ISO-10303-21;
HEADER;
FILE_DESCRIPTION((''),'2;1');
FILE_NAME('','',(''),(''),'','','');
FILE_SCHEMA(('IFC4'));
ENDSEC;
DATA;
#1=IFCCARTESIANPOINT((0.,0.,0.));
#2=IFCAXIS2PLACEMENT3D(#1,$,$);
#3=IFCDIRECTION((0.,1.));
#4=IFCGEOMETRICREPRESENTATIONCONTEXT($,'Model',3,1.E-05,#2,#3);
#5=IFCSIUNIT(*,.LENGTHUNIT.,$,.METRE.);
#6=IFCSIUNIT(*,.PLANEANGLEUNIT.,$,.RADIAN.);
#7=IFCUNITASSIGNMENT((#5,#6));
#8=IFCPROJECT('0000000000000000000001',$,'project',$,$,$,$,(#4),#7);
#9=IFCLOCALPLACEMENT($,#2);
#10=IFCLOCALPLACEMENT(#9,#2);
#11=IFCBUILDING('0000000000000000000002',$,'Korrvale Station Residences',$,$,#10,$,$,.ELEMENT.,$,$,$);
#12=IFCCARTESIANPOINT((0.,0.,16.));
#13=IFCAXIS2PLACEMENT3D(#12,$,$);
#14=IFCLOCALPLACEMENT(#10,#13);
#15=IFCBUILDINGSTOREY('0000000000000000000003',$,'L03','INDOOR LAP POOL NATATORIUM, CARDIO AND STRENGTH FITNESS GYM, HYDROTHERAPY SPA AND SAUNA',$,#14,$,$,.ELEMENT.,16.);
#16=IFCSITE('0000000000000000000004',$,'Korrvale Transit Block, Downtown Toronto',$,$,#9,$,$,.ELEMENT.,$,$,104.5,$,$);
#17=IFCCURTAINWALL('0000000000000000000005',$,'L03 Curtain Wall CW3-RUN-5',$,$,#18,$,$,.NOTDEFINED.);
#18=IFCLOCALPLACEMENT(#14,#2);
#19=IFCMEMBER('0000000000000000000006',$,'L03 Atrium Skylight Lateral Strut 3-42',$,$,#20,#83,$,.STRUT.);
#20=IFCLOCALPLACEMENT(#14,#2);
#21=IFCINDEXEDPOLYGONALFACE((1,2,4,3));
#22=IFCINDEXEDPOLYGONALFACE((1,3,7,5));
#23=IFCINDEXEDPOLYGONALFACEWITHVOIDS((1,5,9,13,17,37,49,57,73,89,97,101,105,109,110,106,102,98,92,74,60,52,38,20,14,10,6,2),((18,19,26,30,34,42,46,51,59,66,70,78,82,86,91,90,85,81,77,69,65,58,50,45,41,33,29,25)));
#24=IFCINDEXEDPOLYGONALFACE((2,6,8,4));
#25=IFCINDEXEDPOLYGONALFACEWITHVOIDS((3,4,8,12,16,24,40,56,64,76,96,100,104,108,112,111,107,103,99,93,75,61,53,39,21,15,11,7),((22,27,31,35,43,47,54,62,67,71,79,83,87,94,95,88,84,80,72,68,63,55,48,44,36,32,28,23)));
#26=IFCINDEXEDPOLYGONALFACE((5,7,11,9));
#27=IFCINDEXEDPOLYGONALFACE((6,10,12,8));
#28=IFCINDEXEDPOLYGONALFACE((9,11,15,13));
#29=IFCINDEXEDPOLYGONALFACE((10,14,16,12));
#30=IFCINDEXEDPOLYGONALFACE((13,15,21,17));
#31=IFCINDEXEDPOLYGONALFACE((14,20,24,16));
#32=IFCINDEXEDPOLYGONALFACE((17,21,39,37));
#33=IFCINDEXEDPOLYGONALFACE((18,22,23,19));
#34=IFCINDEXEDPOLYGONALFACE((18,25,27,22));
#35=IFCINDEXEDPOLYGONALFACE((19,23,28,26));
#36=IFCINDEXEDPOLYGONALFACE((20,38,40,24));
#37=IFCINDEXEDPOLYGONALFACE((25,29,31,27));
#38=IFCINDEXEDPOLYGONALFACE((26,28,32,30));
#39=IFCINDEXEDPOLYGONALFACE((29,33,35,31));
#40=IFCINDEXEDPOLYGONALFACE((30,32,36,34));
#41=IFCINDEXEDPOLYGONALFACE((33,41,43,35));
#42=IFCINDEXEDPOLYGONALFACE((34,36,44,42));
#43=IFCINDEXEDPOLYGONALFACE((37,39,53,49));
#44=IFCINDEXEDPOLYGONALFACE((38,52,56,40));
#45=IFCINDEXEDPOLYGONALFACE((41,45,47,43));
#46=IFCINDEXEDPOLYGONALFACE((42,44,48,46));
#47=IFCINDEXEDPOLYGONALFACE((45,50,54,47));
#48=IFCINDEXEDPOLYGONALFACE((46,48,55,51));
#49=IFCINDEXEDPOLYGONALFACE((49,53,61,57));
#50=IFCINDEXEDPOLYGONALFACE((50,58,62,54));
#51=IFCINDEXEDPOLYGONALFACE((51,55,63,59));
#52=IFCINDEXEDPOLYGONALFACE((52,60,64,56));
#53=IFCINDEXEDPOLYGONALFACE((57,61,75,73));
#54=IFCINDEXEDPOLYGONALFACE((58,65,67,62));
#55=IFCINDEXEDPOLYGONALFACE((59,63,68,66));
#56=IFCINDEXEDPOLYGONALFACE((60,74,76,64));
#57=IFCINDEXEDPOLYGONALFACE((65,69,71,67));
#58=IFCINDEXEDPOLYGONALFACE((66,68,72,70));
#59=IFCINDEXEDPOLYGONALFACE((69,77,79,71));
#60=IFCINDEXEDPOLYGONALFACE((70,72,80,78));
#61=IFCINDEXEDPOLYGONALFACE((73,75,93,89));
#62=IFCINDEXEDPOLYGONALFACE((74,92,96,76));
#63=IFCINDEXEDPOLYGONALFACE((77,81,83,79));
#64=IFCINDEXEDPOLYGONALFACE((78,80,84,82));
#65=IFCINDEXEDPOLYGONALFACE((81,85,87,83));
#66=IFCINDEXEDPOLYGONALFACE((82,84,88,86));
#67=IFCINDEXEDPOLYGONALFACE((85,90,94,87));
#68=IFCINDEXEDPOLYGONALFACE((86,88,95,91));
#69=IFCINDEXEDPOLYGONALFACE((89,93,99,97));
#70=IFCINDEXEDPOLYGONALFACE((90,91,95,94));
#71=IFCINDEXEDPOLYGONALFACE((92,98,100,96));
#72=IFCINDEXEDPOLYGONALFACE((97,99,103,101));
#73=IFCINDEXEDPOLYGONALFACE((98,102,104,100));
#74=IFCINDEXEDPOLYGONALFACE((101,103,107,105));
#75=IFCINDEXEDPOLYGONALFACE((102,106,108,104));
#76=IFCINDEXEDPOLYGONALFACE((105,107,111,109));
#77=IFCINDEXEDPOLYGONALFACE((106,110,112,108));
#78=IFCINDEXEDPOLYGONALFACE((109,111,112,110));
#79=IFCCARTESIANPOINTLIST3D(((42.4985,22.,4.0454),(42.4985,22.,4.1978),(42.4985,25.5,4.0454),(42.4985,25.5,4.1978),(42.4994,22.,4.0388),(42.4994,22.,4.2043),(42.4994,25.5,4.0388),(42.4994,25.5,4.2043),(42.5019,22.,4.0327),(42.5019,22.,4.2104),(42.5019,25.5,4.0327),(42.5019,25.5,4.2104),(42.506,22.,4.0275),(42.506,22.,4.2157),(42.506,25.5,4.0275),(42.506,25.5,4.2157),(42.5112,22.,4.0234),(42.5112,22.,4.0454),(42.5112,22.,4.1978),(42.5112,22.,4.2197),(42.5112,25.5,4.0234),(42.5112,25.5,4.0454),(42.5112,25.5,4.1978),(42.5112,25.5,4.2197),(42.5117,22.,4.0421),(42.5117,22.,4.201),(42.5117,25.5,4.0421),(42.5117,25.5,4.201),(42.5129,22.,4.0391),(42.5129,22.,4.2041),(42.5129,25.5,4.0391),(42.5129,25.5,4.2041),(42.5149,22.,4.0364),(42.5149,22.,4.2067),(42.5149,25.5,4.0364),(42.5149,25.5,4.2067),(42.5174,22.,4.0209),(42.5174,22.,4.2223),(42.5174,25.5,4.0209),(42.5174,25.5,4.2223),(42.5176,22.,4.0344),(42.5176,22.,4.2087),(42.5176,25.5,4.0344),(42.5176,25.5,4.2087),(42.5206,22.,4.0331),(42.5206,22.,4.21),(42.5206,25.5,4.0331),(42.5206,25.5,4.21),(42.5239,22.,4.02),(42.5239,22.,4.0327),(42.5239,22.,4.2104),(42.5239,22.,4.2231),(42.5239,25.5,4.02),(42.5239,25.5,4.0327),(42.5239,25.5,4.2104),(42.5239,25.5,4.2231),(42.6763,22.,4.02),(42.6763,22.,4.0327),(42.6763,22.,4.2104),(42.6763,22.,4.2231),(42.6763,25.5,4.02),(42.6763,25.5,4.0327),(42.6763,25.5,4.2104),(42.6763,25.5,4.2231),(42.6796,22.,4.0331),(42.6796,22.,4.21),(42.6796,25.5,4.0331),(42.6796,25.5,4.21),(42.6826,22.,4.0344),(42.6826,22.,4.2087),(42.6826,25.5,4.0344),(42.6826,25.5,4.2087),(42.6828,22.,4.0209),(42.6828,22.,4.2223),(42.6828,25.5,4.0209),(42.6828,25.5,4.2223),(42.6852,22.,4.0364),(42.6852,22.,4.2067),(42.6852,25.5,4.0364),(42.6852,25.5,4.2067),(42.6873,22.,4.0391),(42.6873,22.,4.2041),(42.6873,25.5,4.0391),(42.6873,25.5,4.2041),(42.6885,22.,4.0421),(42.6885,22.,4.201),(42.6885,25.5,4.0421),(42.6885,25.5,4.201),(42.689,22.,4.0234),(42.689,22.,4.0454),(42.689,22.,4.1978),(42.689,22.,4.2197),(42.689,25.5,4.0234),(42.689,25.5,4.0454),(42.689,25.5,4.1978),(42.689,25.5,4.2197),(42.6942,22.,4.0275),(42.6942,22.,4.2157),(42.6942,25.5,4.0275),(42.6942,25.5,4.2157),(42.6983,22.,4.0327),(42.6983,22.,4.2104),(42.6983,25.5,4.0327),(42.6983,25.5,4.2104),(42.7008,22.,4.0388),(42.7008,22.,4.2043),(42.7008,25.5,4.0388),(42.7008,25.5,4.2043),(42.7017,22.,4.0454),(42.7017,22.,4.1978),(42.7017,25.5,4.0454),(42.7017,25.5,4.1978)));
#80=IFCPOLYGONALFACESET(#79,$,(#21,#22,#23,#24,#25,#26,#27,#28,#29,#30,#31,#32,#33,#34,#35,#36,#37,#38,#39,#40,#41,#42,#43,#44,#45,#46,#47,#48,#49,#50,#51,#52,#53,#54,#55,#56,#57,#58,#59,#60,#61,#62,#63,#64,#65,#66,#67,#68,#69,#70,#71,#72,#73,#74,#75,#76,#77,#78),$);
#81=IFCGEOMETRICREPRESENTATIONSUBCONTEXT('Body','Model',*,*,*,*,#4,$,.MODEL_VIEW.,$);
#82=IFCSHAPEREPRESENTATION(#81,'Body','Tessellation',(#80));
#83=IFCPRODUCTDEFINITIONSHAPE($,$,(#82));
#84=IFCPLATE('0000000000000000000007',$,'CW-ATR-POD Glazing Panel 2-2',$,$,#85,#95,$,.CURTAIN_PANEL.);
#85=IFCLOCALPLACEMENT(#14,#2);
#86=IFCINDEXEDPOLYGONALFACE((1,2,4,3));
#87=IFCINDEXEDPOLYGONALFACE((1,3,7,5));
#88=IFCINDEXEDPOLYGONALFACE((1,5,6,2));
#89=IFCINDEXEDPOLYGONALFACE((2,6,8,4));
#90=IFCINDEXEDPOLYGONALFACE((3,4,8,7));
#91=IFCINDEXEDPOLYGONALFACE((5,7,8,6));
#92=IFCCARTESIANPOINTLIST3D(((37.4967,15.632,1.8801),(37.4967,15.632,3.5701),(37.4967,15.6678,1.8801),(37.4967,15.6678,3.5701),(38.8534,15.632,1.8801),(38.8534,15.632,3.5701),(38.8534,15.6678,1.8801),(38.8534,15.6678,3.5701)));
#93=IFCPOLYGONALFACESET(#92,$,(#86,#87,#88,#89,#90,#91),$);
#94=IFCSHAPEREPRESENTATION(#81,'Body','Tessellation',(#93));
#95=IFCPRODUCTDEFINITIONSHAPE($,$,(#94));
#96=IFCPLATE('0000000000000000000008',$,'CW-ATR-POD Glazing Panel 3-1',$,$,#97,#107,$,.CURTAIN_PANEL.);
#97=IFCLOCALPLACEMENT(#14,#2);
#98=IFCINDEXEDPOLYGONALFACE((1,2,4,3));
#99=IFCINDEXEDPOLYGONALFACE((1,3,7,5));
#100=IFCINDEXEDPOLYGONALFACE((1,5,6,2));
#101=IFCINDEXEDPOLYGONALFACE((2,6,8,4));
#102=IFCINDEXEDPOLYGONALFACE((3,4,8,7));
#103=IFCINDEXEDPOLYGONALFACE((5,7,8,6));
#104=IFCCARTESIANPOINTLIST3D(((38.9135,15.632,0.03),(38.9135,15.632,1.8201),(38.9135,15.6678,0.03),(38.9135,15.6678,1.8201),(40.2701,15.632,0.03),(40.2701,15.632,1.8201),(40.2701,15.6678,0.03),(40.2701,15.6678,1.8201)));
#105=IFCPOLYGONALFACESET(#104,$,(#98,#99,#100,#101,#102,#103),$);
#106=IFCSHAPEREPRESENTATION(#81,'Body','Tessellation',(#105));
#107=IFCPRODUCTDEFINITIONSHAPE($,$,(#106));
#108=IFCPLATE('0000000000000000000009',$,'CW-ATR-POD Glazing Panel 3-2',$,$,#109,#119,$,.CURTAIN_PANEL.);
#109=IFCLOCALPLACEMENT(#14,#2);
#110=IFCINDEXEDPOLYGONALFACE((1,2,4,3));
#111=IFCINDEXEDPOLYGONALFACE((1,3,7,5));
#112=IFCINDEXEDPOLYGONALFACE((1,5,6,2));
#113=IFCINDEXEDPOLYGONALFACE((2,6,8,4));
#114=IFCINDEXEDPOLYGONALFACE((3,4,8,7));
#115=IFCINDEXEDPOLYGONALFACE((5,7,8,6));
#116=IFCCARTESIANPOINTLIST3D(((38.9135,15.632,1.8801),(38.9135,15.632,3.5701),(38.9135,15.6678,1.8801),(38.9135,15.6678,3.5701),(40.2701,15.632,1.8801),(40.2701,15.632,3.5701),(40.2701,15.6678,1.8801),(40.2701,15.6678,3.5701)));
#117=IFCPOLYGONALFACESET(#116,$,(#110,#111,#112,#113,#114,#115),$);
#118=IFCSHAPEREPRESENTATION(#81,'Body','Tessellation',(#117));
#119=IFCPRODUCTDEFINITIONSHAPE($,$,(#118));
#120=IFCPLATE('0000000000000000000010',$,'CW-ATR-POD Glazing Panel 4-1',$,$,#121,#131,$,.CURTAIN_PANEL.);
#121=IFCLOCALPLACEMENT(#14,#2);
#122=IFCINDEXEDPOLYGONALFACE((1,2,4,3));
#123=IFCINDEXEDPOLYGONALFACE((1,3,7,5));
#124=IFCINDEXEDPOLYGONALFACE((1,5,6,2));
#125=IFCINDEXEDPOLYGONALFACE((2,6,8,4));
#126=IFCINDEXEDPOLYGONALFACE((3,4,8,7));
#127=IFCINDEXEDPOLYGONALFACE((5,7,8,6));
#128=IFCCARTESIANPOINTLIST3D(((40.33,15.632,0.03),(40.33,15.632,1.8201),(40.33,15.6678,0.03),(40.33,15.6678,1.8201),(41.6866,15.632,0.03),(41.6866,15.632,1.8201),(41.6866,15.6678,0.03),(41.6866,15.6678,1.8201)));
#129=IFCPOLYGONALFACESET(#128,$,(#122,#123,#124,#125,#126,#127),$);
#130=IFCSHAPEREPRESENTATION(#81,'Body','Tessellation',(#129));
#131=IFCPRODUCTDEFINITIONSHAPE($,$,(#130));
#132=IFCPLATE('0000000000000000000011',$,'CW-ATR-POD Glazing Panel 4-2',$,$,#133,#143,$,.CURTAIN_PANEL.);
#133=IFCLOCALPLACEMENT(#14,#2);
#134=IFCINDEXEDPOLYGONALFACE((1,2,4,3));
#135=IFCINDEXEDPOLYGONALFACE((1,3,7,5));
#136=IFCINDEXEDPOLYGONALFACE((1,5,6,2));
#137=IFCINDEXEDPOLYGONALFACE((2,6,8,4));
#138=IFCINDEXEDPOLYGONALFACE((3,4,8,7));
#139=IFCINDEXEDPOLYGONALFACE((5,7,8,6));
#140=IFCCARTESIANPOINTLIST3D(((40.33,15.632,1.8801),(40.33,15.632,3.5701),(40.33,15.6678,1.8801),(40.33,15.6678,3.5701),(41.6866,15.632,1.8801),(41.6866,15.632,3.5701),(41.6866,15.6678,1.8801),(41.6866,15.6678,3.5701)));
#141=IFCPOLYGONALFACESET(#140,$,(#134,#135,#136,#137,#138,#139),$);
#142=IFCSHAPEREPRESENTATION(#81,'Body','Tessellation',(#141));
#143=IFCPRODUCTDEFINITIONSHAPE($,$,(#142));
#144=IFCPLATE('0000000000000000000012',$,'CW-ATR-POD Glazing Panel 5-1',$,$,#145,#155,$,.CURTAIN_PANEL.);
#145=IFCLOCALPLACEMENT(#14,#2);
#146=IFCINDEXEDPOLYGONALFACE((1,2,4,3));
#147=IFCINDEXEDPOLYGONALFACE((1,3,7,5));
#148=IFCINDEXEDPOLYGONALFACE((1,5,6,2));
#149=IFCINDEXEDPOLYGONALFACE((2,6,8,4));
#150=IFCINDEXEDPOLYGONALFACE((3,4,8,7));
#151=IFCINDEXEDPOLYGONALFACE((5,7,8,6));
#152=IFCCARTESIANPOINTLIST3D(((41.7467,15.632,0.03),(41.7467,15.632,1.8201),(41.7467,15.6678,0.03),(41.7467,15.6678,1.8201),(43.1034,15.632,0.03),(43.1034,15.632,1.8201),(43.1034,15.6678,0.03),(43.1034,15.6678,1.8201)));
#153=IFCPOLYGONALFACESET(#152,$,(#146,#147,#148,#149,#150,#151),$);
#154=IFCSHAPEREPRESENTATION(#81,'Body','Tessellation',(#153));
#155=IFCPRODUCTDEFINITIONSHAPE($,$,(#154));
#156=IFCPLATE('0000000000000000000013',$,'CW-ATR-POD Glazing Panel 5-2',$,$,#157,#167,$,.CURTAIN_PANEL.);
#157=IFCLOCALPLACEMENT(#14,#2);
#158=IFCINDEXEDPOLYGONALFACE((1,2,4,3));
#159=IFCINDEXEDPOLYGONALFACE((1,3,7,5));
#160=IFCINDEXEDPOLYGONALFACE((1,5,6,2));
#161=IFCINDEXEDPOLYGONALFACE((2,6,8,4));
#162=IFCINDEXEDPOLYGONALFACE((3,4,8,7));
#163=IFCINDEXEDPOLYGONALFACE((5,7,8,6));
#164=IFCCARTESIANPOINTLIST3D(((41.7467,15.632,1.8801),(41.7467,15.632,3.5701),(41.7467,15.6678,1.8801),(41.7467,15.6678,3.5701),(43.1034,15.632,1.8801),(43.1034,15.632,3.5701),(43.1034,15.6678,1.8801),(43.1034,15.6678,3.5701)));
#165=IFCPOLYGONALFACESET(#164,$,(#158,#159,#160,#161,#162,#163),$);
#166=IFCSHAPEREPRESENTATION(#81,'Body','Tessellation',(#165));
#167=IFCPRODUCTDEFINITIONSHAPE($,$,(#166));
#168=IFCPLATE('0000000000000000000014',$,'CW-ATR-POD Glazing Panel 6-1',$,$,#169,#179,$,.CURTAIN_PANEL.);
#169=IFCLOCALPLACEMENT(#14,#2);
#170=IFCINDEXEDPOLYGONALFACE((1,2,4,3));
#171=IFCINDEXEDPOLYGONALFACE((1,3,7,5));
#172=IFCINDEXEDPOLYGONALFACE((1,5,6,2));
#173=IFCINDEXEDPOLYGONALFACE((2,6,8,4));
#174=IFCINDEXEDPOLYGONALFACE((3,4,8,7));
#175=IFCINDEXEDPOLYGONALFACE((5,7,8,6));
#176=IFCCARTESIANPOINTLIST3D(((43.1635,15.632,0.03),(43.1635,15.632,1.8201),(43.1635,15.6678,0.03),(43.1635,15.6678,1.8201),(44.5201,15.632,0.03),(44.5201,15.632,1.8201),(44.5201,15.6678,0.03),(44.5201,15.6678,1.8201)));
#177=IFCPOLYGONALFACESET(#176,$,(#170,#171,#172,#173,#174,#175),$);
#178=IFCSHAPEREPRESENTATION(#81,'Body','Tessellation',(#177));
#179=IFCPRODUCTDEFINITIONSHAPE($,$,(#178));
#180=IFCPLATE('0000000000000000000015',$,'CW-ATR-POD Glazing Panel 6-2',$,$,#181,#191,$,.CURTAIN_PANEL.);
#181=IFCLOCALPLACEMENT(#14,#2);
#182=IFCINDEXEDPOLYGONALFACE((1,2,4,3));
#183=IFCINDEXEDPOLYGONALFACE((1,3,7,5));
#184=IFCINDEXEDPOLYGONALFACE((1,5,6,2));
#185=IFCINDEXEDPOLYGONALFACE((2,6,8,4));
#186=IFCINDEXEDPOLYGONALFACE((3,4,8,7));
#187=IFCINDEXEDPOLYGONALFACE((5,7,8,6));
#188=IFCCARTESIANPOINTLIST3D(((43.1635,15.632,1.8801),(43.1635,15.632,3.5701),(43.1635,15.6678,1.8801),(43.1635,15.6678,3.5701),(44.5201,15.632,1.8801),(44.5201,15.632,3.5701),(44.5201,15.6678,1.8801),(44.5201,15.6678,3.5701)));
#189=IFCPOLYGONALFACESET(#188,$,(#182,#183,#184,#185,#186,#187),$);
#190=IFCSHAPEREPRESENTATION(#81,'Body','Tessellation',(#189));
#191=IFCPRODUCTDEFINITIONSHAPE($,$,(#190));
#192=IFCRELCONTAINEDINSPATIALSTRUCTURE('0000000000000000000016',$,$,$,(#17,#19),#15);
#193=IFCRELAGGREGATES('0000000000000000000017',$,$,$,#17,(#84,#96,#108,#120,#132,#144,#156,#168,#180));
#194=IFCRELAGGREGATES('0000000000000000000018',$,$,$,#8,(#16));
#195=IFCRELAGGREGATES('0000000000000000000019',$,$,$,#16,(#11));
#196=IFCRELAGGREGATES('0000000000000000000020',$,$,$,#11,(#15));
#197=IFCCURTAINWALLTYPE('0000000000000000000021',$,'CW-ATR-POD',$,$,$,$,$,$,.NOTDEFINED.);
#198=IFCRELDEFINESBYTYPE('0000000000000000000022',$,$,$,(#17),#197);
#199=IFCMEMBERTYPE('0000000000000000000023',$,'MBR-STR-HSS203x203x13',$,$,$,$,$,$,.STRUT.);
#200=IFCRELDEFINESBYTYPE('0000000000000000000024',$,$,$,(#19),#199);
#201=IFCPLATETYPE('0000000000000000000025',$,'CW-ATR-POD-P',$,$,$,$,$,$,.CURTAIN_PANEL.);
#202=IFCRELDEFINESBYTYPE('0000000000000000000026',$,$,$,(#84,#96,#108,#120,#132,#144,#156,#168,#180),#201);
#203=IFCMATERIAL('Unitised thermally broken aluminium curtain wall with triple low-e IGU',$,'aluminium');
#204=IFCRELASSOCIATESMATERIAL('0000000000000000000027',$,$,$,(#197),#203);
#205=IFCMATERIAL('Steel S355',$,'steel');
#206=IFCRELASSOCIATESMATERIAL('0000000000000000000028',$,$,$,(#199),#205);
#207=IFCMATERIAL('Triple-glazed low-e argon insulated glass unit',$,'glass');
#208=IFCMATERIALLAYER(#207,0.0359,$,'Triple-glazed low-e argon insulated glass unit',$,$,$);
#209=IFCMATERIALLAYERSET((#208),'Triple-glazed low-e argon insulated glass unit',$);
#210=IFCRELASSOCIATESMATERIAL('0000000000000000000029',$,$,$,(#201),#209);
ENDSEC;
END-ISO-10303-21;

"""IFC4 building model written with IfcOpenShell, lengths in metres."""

from ifc_helpers import new_model, si_unit, direction, frame, origin, origin_2d, place, context, subcontext, project, spatial, rectangle, hollow_rectangle, extrude, material, layer, layer_set, material_profile, profile_set, type_object, element, aggregate, save


model = new_model("IFC4")

# Units and contexts
model_context = context("Model", 3, precision=1e-05, world=origin(), true_north=direction((0.0, 1.0)))
body_context = subcontext(model_context, "Body", "Model", "MODEL_VIEW")
ifc_project = project(units=[si_unit("LENGTHUNIT", "METRE"), si_unit("PLANEANGLEUNIT", "RADIAN")], contexts=[model_context])

# Site, building, storey
site_placement = place(None, origin())
site = spatial("IfcSite", under=ifc_project, at=site_placement, Name="Korrvale Transit Block, Downtown Toronto", CompositionType="ELEMENT", RefElevation=104.5)
building_placement = place(site_placement, origin())
building = spatial("IfcBuilding", under=site, at=building_placement, Name="Korrvale Station Residences", CompositionType="ELEMENT")
storey_placement = place(building_placement, frame((0.0, 0.0, 16.0)))
storey = spatial("IfcBuildingStorey", under=building, at=storey_placement, Name="L03", Description="INDOOR LAP POOL NATATORIUM, CARDIO AND STRENGTH FITNESS GYM, HYDROTHERAPY SPA AND SAUNA", CompositionType="ELEMENT", Elevation=16.0)

# Shared definitions
ifc_material_1 = material(Name="Steel S355", Category="steel")

# Curtain wall
ifc_material_2 = material(Name="Unitised thermally broken aluminium curtain wall with triple low-e IGU", Category="aluminium")
curtain_wall_type = type_object("IfcCurtainWallType", Name="CW-ATR-POD", PredefinedType="NOTDEFINED", material=ifc_material_2)
curtain_wall_placement = place(storey_placement, origin())
curtain_wall = element("IfcCurtainWall", 1, at=curtain_wall_placement, inside=storey, type_object=curtain_wall_type, Name="L03 Curtain Wall CW3-RUN-5", PredefinedType="NOTDEFINED")

# Member
ifc_material_profile_1 = material_profile(ifc_material_1, hollow_rectangle(XDim=0.2031, YDim=0.2031, WallThickness=0.0127, InnerFilletRadius=0.0127, OuterFilletRadius=0.0254, at=origin_2d()), Name="HSS203x203x13")
ifc_profile_set_1 = profile_set([ifc_material_profile_1], Name="Steel S355")
member_type_1 = type_object("IfcMemberType", Name="MBR-STR-HSS203x203x13", PredefinedType="STRUT", material=ifc_profile_set_1)
for number, where, z_axis, x_axis, name in (
    (2, (42.6001, 22.0, 4.1216), (0.0, 1.0, 0.0), (-1.0, 0.0, 0.0), "L03 Atrium Skylight Lateral Strut 3-42"),
):
    element("IfcMember", number, at=place(storey_placement, frame(where, z_axis=z_axis, x_axis=x_axis)), inside=storey, type_object=member_type_1, Name=name, PredefinedType="STRUT", context=body_context, shape_type="SweptSolid", body=[
        extrude(hollow_rectangle(XDim=0.2031, YDim=0.2031, WallThickness=0.0127, InnerFilletRadius=0.0127, OuterFilletRadius=0.0254, at=origin_2d()), origin(), (0.0, 0.0, 1.0), 3.5),
    ])

# Plates
ifc_material_3 = material(Name="Triple-glazed low-e argon insulated glass unit", Category="glass")
ifc_layer_1 = layer(ifc_material_3, 0.0359, Name="Triple-glazed low-e argon insulated glass unit")
ifc_layer_set_1 = layer_set([ifc_layer_1], Name="Triple-glazed low-e argon insulated glass unit")
plate_type = type_object("IfcPlateType", Name="CW-ATR-POD-P", PredefinedType="CURTAIN_PANEL", material=ifc_layer_set_1)
plate_1_placement = place(storey_placement, frame((38.175, 15.6499, 1.8801), z_axis=(0.0, 0.0, 1.0), x_axis=(1.0, 0.0, 0.0)))
plate_1 = element("IfcPlate", 3, at=plate_1_placement, type_object=plate_type, Name="CW-ATR-POD Glazing Panel 2-2", PredefinedType="CURTAIN_PANEL", context=body_context, shape_type="SweptSolid", body=[
    extrude(rectangle(XDim=1.3567, YDim=0.0359, at=origin_2d()), origin(), (0.0, 0.0, 1.0), 1.6899),
])
plate_2_placement = place(storey_placement, frame((39.5918, 15.6499, 0.03), z_axis=(0.0, 0.0, 1.0), x_axis=(1.0, 0.0, 0.0)))
plate_2 = element("IfcPlate", 4, at=plate_2_placement, type_object=plate_type, Name="CW-ATR-POD Glazing Panel 3-1", PredefinedType="CURTAIN_PANEL", context=body_context, shape_type="SweptSolid", body=[
    extrude(rectangle(XDim=1.3567, YDim=0.0359, at=origin_2d()), origin(), (0.0, 0.0, 1.0), 1.79),
])
plate_3_placement = place(storey_placement, frame((39.5918, 15.6499, 1.8801), z_axis=(0.0, 0.0, 1.0), x_axis=(1.0, 0.0, 0.0)))
plate_3 = element("IfcPlate", 5, at=plate_3_placement, type_object=plate_type, Name="CW-ATR-POD Glazing Panel 3-2", PredefinedType="CURTAIN_PANEL", context=body_context, shape_type="SweptSolid", body=[
    extrude(rectangle(XDim=1.3567, YDim=0.0359, at=origin_2d()), origin(), (0.0, 0.0, 1.0), 1.6899),
])
plate_4_placement = place(storey_placement, frame((41.0083, 15.6499, 0.03), z_axis=(0.0, 0.0, 1.0), x_axis=(1.0, 0.0, 0.0)))
plate_4 = element("IfcPlate", 6, at=plate_4_placement, type_object=plate_type, Name="CW-ATR-POD Glazing Panel 4-1", PredefinedType="CURTAIN_PANEL", context=body_context, shape_type="SweptSolid", body=[
    extrude(rectangle(XDim=1.3567, YDim=0.0359, at=origin_2d()), origin(), (0.0, 0.0, 1.0), 1.79),
])
plate_5_placement = place(storey_placement, frame((41.0083, 15.6499, 1.8801), z_axis=(0.0, 0.0, 1.0), x_axis=(1.0, 0.0, 0.0)))
plate_5 = element("IfcPlate", 7, at=plate_5_placement, type_object=plate_type, Name="CW-ATR-POD Glazing Panel 4-2", PredefinedType="CURTAIN_PANEL", context=body_context, shape_type="SweptSolid", body=[
    extrude(rectangle(XDim=1.3567, YDim=0.0359, at=origin_2d()), origin(), (0.0, 0.0, 1.0), 1.6899),
])
plate_6_placement = place(storey_placement, frame((42.425, 15.6499, 0.03), z_axis=(0.0, 0.0, 1.0), x_axis=(1.0, 0.0, 0.0)))
plate_6 = element("IfcPlate", 8, at=plate_6_placement, type_object=plate_type, Name="CW-ATR-POD Glazing Panel 5-1", PredefinedType="CURTAIN_PANEL", context=body_context, shape_type="SweptSolid", body=[
    extrude(rectangle(XDim=1.3567, YDim=0.0359, at=origin_2d()), origin(), (0.0, 0.0, 1.0), 1.79),
])
plate_7_placement = place(storey_placement, frame((42.425, 15.6499, 1.8801), z_axis=(0.0, 0.0, 1.0), x_axis=(1.0, 0.0, 0.0)))
plate_7 = element("IfcPlate", 9, at=plate_7_placement, type_object=plate_type, Name="CW-ATR-POD Glazing Panel 5-2", PredefinedType="CURTAIN_PANEL", context=body_context, shape_type="SweptSolid", body=[
    extrude(rectangle(XDim=1.3567, YDim=0.0359, at=origin_2d()), origin(), (0.0, 0.0, 1.0), 1.6899),
])
plate_8_placement = place(storey_placement, frame((43.8418, 15.6499, 0.03), z_axis=(0.0, 0.0, 1.0), x_axis=(1.0, 0.0, 0.0)))
plate_8 = element("IfcPlate", 10, at=plate_8_placement, type_object=plate_type, Name="CW-ATR-POD Glazing Panel 6-1", PredefinedType="CURTAIN_PANEL", context=body_context, shape_type="SweptSolid", body=[
    extrude(rectangle(XDim=1.3567, YDim=0.0359, at=origin_2d()), origin(), (0.0, 0.0, 1.0), 1.79),
])
plate_9_placement = place(storey_placement, frame((43.8418, 15.6499, 1.8801), z_axis=(0.0, 0.0, 1.0), x_axis=(1.0, 0.0, 0.0)))
plate_9 = element("IfcPlate", 11, at=plate_9_placement, type_object=plate_type, Name="CW-ATR-POD Glazing Panel 6-2", PredefinedType="CURTAIN_PANEL", context=body_context, shape_type="SweptSolid", body=[
    extrude(rectangle(XDim=1.3567, YDim=0.0359, at=origin_2d()), origin(), (0.0, 0.0, 1.0), 1.6899),
])
aggregate(curtain_wall, [plate_1, plate_2, plate_3, plate_4, plate_5, plate_6, plate_7, plate_8, plate_9])

save(model, "model.ifc")
